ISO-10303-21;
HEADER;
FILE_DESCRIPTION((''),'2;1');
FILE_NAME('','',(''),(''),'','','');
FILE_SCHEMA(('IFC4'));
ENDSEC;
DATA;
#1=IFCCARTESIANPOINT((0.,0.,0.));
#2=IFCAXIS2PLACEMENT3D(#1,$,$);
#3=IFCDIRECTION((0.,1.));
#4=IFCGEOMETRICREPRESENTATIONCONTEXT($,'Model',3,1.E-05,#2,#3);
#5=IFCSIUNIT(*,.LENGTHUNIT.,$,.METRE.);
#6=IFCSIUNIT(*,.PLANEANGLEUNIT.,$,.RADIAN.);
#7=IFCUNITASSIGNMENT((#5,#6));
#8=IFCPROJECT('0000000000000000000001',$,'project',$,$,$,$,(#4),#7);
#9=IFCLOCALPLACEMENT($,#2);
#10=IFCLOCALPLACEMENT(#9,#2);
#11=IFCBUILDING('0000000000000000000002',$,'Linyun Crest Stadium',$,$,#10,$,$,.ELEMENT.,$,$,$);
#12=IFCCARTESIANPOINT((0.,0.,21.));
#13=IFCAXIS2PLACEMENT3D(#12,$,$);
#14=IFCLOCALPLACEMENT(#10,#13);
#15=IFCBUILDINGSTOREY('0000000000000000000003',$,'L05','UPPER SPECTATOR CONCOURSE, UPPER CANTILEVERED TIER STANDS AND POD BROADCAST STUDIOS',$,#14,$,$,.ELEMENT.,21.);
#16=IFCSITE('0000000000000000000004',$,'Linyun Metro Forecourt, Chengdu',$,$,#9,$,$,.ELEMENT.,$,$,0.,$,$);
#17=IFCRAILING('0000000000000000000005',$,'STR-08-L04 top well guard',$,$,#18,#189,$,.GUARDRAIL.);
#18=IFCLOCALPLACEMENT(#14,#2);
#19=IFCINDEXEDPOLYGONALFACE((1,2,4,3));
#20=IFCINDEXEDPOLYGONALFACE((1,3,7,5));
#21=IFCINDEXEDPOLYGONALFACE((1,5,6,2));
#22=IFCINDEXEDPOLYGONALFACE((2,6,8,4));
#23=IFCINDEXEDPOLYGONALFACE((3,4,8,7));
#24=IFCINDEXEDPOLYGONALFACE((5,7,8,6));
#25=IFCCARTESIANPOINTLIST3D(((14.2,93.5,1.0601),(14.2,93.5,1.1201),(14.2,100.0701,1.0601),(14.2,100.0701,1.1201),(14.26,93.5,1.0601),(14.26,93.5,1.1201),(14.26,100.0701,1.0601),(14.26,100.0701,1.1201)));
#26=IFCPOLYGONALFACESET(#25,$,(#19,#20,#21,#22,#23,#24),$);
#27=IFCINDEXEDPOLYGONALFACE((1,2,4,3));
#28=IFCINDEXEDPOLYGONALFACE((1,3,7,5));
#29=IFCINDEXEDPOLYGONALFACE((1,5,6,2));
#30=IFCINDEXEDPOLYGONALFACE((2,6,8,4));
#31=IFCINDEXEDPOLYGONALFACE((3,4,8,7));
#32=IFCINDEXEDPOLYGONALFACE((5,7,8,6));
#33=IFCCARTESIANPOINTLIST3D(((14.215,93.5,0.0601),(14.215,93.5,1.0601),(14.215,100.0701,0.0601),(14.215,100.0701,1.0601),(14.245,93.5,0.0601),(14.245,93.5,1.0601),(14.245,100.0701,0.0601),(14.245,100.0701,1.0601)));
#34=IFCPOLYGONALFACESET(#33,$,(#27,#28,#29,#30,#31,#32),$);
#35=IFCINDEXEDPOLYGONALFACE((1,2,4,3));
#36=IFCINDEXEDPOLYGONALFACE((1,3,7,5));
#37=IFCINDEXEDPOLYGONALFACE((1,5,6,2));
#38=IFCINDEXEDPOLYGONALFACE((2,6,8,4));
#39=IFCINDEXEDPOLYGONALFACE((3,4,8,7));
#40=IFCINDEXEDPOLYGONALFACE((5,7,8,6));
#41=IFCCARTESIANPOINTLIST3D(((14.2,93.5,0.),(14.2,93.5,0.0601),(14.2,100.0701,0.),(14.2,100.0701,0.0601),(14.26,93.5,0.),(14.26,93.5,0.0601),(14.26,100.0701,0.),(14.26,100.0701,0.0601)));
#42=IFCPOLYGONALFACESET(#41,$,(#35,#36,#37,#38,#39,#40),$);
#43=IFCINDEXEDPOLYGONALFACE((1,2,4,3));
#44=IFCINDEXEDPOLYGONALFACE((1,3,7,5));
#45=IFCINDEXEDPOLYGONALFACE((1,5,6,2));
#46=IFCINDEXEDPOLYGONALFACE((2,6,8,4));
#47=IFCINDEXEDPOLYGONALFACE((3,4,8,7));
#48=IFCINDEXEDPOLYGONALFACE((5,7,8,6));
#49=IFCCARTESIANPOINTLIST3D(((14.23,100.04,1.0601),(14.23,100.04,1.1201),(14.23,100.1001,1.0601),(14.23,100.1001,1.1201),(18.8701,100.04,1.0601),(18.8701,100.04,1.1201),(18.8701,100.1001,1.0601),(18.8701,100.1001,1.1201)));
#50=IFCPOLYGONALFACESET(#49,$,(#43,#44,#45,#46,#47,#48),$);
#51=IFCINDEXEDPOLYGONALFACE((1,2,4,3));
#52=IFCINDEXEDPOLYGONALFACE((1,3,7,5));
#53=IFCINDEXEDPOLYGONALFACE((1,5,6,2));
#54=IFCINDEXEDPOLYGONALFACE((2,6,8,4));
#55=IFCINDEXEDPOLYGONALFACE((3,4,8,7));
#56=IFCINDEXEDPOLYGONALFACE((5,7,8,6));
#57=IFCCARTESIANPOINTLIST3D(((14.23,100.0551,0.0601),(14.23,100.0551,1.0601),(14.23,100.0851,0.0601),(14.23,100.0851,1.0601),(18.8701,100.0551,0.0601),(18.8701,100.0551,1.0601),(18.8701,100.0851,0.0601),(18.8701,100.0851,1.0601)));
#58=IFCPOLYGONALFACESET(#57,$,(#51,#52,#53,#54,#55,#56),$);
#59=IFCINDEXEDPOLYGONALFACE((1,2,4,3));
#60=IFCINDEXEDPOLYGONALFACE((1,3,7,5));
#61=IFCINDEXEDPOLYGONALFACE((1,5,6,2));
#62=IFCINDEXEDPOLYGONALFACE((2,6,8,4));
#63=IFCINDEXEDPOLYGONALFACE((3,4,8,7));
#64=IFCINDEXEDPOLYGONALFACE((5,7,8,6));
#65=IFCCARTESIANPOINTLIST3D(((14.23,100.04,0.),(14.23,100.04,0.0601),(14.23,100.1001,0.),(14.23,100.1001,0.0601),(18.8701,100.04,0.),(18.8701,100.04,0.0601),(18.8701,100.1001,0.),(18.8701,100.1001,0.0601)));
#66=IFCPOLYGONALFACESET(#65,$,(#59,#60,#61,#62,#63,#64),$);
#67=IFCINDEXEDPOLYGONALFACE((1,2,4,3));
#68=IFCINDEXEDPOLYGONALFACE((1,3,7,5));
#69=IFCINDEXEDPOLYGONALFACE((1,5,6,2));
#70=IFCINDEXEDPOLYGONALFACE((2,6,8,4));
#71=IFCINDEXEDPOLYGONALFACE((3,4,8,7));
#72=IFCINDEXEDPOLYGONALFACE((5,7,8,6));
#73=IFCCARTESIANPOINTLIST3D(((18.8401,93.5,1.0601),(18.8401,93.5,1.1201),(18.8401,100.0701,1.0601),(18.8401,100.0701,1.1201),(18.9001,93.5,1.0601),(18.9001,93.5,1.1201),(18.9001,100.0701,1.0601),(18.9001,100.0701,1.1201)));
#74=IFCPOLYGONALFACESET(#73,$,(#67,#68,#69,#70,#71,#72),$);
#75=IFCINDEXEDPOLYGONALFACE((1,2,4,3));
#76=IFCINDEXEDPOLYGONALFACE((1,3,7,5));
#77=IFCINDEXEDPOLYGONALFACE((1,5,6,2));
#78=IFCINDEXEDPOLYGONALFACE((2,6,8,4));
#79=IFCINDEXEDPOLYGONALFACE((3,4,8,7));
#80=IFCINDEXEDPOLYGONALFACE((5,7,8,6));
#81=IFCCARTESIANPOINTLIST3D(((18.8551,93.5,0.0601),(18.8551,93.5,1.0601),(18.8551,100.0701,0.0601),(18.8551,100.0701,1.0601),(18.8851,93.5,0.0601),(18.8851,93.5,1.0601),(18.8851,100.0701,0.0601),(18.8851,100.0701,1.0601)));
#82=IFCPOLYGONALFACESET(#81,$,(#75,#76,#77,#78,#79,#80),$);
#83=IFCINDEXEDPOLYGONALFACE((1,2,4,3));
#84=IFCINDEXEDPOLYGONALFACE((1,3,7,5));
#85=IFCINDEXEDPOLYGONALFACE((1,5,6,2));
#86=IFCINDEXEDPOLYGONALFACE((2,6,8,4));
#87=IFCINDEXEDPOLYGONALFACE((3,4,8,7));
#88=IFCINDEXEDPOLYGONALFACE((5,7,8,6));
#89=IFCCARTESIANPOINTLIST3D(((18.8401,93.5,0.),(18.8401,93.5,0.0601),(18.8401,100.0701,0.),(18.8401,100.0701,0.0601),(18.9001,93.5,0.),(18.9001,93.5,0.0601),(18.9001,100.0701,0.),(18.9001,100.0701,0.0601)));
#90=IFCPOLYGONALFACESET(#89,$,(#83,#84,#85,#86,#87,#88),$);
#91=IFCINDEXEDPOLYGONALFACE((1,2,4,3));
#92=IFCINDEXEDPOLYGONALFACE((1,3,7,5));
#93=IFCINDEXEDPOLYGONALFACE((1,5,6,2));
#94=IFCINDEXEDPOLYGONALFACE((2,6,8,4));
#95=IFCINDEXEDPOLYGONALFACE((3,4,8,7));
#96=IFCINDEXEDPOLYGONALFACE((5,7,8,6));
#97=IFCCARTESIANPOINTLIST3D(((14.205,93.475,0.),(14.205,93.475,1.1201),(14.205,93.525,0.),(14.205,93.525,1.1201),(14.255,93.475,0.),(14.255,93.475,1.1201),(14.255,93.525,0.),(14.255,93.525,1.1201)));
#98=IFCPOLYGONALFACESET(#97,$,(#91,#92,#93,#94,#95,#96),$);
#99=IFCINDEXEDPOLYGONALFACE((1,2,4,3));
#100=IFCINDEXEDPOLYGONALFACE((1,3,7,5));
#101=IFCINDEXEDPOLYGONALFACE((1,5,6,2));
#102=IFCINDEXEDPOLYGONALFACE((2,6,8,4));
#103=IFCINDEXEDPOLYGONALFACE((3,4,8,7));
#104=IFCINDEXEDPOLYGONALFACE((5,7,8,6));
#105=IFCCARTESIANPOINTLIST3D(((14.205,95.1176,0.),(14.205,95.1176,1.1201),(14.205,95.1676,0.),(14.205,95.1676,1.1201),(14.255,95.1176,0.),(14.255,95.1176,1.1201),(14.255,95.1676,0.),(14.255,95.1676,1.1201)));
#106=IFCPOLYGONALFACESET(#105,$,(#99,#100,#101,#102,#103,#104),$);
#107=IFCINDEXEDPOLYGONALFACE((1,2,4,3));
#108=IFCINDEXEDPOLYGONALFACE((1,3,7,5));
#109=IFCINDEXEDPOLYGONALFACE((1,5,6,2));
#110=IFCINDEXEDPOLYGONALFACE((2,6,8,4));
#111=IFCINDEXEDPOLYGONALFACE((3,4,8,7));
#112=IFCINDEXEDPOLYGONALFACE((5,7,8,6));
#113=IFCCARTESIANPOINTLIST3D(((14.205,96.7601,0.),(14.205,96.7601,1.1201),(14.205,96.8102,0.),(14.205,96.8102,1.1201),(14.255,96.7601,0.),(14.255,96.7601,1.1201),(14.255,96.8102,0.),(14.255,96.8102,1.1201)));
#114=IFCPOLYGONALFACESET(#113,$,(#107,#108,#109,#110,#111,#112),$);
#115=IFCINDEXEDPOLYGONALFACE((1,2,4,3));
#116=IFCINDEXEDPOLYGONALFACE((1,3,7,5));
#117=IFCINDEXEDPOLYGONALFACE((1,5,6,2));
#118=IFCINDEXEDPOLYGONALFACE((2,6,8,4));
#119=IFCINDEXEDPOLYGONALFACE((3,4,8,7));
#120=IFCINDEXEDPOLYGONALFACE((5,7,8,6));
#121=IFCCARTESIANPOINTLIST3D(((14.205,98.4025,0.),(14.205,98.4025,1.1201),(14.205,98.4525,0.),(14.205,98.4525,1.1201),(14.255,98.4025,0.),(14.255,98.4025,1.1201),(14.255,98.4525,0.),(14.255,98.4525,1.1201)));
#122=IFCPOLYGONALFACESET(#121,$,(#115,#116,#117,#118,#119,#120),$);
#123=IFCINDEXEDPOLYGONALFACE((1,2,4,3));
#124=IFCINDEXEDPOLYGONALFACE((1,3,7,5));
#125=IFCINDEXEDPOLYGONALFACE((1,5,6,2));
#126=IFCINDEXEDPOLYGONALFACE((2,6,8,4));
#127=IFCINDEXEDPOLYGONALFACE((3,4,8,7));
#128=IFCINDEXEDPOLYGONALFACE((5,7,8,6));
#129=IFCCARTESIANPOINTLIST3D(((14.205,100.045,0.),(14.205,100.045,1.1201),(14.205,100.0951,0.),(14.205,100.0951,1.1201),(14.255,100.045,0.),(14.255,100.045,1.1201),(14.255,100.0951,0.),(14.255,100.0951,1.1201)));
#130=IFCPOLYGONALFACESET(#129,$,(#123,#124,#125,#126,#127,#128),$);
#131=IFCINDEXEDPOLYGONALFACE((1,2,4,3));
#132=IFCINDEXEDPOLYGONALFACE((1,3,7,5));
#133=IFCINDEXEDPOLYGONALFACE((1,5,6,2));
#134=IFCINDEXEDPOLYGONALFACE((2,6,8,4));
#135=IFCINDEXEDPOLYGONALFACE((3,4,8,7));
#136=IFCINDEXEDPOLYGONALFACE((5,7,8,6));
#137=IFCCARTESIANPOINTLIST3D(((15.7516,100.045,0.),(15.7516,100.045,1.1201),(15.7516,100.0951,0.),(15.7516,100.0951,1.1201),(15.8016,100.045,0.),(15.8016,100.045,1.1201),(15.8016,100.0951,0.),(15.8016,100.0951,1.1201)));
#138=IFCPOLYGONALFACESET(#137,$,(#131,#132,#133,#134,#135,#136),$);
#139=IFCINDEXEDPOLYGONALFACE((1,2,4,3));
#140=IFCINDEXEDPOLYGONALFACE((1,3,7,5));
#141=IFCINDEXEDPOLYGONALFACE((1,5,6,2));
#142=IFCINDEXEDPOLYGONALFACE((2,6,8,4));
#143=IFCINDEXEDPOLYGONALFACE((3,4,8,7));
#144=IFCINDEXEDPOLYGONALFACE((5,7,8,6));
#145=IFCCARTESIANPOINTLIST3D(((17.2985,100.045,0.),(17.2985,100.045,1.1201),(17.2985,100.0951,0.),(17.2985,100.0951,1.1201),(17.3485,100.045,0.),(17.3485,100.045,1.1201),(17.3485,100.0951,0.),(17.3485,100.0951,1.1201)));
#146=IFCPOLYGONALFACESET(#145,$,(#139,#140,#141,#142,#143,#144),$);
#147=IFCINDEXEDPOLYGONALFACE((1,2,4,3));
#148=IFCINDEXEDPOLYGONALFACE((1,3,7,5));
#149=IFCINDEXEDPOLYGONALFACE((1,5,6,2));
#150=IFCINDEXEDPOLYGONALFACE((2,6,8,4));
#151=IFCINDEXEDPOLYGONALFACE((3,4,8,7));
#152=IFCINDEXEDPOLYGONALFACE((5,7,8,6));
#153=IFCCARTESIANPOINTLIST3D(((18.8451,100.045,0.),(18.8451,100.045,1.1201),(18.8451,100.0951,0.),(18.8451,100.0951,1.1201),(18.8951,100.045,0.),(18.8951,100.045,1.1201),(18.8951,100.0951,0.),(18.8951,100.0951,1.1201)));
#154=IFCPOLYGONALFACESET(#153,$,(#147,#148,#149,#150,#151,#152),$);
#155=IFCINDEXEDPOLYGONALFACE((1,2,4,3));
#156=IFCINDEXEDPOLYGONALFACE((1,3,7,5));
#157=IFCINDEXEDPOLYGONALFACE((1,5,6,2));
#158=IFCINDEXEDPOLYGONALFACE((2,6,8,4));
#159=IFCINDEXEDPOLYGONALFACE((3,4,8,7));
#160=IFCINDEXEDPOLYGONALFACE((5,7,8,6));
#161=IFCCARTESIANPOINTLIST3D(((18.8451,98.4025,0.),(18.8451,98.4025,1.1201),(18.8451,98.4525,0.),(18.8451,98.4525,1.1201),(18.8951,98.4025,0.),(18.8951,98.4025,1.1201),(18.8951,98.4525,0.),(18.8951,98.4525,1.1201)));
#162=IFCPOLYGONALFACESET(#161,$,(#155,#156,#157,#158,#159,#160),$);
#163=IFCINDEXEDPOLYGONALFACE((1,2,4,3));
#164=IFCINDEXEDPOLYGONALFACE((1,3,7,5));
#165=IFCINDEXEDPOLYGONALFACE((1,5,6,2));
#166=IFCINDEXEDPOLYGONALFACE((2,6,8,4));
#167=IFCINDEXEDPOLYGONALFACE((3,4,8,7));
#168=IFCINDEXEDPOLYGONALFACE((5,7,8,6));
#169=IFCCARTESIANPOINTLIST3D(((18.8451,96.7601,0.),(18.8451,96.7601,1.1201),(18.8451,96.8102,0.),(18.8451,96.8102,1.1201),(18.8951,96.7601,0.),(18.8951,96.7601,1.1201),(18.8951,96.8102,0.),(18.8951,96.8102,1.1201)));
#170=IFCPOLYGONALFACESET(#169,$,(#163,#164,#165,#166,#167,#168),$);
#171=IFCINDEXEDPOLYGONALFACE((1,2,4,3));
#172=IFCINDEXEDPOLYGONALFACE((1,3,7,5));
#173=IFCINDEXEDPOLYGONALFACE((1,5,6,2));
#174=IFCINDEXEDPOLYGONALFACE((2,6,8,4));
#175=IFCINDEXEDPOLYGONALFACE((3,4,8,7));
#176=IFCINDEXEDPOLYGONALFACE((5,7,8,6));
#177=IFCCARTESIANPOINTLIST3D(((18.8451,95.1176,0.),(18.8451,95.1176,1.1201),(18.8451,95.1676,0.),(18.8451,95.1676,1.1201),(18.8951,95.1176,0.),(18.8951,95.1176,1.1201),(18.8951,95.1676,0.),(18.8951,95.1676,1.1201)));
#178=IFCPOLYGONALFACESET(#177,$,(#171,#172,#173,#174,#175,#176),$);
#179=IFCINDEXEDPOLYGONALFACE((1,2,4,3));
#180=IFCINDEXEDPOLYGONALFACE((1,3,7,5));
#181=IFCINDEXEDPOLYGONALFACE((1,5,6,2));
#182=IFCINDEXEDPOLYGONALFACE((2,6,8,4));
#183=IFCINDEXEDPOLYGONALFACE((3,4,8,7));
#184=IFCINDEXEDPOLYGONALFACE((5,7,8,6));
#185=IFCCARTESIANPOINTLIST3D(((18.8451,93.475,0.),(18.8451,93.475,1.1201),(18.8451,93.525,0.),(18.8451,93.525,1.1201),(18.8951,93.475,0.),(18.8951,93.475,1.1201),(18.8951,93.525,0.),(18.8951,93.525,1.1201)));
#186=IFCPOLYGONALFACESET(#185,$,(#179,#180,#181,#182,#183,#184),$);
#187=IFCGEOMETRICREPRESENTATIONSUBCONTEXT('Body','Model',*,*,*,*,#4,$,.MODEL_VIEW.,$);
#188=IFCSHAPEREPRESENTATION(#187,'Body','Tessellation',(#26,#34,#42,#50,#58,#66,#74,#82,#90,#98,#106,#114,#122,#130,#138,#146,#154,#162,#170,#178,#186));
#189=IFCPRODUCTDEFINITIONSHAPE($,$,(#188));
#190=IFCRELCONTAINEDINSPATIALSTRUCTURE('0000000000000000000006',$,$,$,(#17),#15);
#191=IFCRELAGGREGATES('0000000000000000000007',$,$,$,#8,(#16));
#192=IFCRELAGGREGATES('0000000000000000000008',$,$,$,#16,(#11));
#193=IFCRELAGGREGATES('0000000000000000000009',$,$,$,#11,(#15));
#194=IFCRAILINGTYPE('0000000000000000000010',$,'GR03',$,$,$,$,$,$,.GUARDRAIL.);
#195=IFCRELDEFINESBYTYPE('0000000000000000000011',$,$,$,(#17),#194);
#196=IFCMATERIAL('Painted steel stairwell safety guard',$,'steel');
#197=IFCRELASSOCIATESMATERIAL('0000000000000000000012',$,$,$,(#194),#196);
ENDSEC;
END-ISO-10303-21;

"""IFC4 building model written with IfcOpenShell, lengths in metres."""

from ifc_helpers import new_model, si_unit, direction, frame, origin, origin_2d, place, context, subcontext, project, spatial, rectangle, extrude, material, type_object, element, save


model = new_model("IFC4")

# Units and contexts
model_context = context("Model", 3, precision=1e-05, world=origin(), true_north=direction((0.0, 1.0)))
body_context = subcontext(model_context, "Body", "Model", "MODEL_VIEW")
ifc_project = project(units=[si_unit("LENGTHUNIT", "METRE"), si_unit("PLANEANGLEUNIT", "RADIAN")], contexts=[model_context])

# Site, building, storey
site_placement = place(None, origin())
site = spatial("IfcSite", under=ifc_project, at=site_placement, Name="Linyun Metro Forecourt, Chengdu", CompositionType="ELEMENT", RefElevation=0.0)
building_placement = place(site_placement, origin())
building = spatial("IfcBuilding", under=site, at=building_placement, Name="Linyun Crest Stadium", CompositionType="ELEMENT")
storey_placement = place(building_placement, frame((0.0, 0.0, 21.0)))
storey = spatial("IfcBuildingStorey", under=building, at=storey_placement, Name="L05", Description="UPPER SPECTATOR CONCOURSE, UPPER CANTILEVERED TIER STANDS AND POD BROADCAST STUDIOS", CompositionType="ELEMENT", Elevation=21.0)

# Railing
ifc_material_1 = material(Name="Painted steel stairwell safety guard", Category="steel")
railing_type_1 = type_object("IfcRailingType", Name="GR03", PredefinedType="GUARDRAIL", material=ifc_material_1)
railing_1_placement = place(storey_placement, frame((14.23, 93.5, 0.0)))
element("IfcRailing", 1, at=railing_1_placement, inside=storey, type_object=railing_type_1, Name="STR-08-L04 top well guard", PredefinedType="GUARDRAIL", context=body_context, shape_type="SweptSolid", body=[
    extrude(rectangle(XDim=0.0601, YDim=0.0601, at=origin_2d()), frame((0.0, 0.0, 1.0901), z_axis=(0.0, 1.0, 0.0), x_axis=(-1.0, 0.0, 0.0)), (0.0, 0.0, 1.0), 6.5701),
    extrude(rectangle(XDim=0.03, YDim=1.0, at=origin_2d()), frame((0.0, 0.0, 0.5601), z_axis=(0.0, 1.0, 0.0), x_axis=(-1.0, 0.0, 0.0)), (0.0, 0.0, 1.0), 6.5701),
    extrude(rectangle(XDim=0.0601, YDim=0.0601, at=origin_2d()), frame((0.0, 0.0, 0.03), z_axis=(0.0, 1.0, 0.0), x_axis=(-1.0, 0.0, 0.0)), (0.0, 0.0, 1.0), 6.5701),
    extrude(rectangle(XDim=0.0601, YDim=0.0601, at=origin_2d()), frame((0.0, 6.5701, 1.0901), z_axis=(1.0, 0.0, 0.0), x_axis=(0.0, 1.0, 0.0)), (0.0, 0.0, 1.0), 4.6401),
    extrude(rectangle(XDim=0.03, YDim=1.0, at=origin_2d()), frame((0.0, 6.5701, 0.5601), z_axis=(1.0, 0.0, 0.0), x_axis=(0.0, 1.0, 0.0)), (0.0, 0.0, 1.0), 4.6401),
    extrude(rectangle(XDim=0.0601, YDim=0.0601, at=origin_2d()), frame((0.0, 6.5701, 0.03), z_axis=(1.0, 0.0, 0.0), x_axis=(0.0, 1.0, 0.0)), (0.0, 0.0, 1.0), 4.6401),
    extrude(rectangle(XDim=0.0601, YDim=0.0601, at=origin_2d()), frame((4.6401, 6.5701, 1.0901), z_axis=(0.0, -1.0, 0.0), x_axis=(1.0, 0.0, 0.0)), (0.0, 0.0, 1.0), 6.5701),
    extrude(rectangle(XDim=0.03, YDim=1.0, at=origin_2d()), frame((4.6401, 6.5701, 0.5601), z_axis=(0.0, -1.0, 0.0), x_axis=(1.0, 0.0, 0.0)), (0.0, 0.0, 1.0), 6.5701),
    extrude(rectangle(XDim=0.0601, YDim=0.0601, at=origin_2d()), frame((4.6401, 6.5701, 0.03), z_axis=(0.0, -1.0, 0.0), x_axis=(1.0, 0.0, 0.0)), (0.0, 0.0, 1.0), 6.5701),
    extrude(rectangle(XDim=0.05, YDim=0.05, at=origin_2d()), origin(), (0.0, 0.0, 1.0), 1.1201),
    extrude(rectangle(XDim=0.05, YDim=0.05, at=origin_2d()), frame((0.0, 1.6426, 0.0)), (0.0, 0.0, 1.0), 1.1201),
    extrude(rectangle(XDim=0.05, YDim=0.05, at=origin_2d()), frame((0.0, 3.2852, 0.0)), (0.0, 0.0, 1.0), 1.1201),
    extrude(rectangle(XDim=0.05, YDim=0.05, at=origin_2d()), frame((0.0, 4.9275, 0.0)), (0.0, 0.0, 1.0), 1.1201),
    extrude(rectangle(XDim=0.05, YDim=0.05, at=origin_2d()), frame((0.0, 6.5701, 0.0)), (0.0, 0.0, 1.0), 1.1201),
    extrude(rectangle(XDim=0.05, YDim=0.05, at=origin_2d()), frame((1.5466, 6.5701, 0.0)), (0.0, 0.0, 1.0), 1.1201),
    extrude(rectangle(XDim=0.05, YDim=0.05, at=origin_2d()), frame((3.0935, 6.5701, 0.0)), (0.0, 0.0, 1.0), 1.1201),
    extrude(rectangle(XDim=0.05, YDim=0.05, at=origin_2d()), frame((4.6401, 6.5701, 0.0)), (0.0, 0.0, 1.0), 1.1201),
    extrude(rectangle(XDim=0.05, YDim=0.05, at=origin_2d()), frame((4.6401, 4.9275, 0.0)), (0.0, 0.0, 1.0), 1.1201),
    extrude(rectangle(XDim=0.05, YDim=0.05, at=origin_2d()), frame((4.6401, 3.2852, 0.0)), (0.0, 0.0, 1.0), 1.1201),
    extrude(rectangle(XDim=0.05, YDim=0.05, at=origin_2d()), frame((4.6401, 1.6426, 0.0)), (0.0, 0.0, 1.0), 1.1201),
    extrude(rectangle(XDim=0.05, YDim=0.05, at=origin_2d()), frame((4.6401, 0.0, 0.0)), (0.0, 0.0, 1.0), 1.1201),
])

save(model, "model.ifc")
